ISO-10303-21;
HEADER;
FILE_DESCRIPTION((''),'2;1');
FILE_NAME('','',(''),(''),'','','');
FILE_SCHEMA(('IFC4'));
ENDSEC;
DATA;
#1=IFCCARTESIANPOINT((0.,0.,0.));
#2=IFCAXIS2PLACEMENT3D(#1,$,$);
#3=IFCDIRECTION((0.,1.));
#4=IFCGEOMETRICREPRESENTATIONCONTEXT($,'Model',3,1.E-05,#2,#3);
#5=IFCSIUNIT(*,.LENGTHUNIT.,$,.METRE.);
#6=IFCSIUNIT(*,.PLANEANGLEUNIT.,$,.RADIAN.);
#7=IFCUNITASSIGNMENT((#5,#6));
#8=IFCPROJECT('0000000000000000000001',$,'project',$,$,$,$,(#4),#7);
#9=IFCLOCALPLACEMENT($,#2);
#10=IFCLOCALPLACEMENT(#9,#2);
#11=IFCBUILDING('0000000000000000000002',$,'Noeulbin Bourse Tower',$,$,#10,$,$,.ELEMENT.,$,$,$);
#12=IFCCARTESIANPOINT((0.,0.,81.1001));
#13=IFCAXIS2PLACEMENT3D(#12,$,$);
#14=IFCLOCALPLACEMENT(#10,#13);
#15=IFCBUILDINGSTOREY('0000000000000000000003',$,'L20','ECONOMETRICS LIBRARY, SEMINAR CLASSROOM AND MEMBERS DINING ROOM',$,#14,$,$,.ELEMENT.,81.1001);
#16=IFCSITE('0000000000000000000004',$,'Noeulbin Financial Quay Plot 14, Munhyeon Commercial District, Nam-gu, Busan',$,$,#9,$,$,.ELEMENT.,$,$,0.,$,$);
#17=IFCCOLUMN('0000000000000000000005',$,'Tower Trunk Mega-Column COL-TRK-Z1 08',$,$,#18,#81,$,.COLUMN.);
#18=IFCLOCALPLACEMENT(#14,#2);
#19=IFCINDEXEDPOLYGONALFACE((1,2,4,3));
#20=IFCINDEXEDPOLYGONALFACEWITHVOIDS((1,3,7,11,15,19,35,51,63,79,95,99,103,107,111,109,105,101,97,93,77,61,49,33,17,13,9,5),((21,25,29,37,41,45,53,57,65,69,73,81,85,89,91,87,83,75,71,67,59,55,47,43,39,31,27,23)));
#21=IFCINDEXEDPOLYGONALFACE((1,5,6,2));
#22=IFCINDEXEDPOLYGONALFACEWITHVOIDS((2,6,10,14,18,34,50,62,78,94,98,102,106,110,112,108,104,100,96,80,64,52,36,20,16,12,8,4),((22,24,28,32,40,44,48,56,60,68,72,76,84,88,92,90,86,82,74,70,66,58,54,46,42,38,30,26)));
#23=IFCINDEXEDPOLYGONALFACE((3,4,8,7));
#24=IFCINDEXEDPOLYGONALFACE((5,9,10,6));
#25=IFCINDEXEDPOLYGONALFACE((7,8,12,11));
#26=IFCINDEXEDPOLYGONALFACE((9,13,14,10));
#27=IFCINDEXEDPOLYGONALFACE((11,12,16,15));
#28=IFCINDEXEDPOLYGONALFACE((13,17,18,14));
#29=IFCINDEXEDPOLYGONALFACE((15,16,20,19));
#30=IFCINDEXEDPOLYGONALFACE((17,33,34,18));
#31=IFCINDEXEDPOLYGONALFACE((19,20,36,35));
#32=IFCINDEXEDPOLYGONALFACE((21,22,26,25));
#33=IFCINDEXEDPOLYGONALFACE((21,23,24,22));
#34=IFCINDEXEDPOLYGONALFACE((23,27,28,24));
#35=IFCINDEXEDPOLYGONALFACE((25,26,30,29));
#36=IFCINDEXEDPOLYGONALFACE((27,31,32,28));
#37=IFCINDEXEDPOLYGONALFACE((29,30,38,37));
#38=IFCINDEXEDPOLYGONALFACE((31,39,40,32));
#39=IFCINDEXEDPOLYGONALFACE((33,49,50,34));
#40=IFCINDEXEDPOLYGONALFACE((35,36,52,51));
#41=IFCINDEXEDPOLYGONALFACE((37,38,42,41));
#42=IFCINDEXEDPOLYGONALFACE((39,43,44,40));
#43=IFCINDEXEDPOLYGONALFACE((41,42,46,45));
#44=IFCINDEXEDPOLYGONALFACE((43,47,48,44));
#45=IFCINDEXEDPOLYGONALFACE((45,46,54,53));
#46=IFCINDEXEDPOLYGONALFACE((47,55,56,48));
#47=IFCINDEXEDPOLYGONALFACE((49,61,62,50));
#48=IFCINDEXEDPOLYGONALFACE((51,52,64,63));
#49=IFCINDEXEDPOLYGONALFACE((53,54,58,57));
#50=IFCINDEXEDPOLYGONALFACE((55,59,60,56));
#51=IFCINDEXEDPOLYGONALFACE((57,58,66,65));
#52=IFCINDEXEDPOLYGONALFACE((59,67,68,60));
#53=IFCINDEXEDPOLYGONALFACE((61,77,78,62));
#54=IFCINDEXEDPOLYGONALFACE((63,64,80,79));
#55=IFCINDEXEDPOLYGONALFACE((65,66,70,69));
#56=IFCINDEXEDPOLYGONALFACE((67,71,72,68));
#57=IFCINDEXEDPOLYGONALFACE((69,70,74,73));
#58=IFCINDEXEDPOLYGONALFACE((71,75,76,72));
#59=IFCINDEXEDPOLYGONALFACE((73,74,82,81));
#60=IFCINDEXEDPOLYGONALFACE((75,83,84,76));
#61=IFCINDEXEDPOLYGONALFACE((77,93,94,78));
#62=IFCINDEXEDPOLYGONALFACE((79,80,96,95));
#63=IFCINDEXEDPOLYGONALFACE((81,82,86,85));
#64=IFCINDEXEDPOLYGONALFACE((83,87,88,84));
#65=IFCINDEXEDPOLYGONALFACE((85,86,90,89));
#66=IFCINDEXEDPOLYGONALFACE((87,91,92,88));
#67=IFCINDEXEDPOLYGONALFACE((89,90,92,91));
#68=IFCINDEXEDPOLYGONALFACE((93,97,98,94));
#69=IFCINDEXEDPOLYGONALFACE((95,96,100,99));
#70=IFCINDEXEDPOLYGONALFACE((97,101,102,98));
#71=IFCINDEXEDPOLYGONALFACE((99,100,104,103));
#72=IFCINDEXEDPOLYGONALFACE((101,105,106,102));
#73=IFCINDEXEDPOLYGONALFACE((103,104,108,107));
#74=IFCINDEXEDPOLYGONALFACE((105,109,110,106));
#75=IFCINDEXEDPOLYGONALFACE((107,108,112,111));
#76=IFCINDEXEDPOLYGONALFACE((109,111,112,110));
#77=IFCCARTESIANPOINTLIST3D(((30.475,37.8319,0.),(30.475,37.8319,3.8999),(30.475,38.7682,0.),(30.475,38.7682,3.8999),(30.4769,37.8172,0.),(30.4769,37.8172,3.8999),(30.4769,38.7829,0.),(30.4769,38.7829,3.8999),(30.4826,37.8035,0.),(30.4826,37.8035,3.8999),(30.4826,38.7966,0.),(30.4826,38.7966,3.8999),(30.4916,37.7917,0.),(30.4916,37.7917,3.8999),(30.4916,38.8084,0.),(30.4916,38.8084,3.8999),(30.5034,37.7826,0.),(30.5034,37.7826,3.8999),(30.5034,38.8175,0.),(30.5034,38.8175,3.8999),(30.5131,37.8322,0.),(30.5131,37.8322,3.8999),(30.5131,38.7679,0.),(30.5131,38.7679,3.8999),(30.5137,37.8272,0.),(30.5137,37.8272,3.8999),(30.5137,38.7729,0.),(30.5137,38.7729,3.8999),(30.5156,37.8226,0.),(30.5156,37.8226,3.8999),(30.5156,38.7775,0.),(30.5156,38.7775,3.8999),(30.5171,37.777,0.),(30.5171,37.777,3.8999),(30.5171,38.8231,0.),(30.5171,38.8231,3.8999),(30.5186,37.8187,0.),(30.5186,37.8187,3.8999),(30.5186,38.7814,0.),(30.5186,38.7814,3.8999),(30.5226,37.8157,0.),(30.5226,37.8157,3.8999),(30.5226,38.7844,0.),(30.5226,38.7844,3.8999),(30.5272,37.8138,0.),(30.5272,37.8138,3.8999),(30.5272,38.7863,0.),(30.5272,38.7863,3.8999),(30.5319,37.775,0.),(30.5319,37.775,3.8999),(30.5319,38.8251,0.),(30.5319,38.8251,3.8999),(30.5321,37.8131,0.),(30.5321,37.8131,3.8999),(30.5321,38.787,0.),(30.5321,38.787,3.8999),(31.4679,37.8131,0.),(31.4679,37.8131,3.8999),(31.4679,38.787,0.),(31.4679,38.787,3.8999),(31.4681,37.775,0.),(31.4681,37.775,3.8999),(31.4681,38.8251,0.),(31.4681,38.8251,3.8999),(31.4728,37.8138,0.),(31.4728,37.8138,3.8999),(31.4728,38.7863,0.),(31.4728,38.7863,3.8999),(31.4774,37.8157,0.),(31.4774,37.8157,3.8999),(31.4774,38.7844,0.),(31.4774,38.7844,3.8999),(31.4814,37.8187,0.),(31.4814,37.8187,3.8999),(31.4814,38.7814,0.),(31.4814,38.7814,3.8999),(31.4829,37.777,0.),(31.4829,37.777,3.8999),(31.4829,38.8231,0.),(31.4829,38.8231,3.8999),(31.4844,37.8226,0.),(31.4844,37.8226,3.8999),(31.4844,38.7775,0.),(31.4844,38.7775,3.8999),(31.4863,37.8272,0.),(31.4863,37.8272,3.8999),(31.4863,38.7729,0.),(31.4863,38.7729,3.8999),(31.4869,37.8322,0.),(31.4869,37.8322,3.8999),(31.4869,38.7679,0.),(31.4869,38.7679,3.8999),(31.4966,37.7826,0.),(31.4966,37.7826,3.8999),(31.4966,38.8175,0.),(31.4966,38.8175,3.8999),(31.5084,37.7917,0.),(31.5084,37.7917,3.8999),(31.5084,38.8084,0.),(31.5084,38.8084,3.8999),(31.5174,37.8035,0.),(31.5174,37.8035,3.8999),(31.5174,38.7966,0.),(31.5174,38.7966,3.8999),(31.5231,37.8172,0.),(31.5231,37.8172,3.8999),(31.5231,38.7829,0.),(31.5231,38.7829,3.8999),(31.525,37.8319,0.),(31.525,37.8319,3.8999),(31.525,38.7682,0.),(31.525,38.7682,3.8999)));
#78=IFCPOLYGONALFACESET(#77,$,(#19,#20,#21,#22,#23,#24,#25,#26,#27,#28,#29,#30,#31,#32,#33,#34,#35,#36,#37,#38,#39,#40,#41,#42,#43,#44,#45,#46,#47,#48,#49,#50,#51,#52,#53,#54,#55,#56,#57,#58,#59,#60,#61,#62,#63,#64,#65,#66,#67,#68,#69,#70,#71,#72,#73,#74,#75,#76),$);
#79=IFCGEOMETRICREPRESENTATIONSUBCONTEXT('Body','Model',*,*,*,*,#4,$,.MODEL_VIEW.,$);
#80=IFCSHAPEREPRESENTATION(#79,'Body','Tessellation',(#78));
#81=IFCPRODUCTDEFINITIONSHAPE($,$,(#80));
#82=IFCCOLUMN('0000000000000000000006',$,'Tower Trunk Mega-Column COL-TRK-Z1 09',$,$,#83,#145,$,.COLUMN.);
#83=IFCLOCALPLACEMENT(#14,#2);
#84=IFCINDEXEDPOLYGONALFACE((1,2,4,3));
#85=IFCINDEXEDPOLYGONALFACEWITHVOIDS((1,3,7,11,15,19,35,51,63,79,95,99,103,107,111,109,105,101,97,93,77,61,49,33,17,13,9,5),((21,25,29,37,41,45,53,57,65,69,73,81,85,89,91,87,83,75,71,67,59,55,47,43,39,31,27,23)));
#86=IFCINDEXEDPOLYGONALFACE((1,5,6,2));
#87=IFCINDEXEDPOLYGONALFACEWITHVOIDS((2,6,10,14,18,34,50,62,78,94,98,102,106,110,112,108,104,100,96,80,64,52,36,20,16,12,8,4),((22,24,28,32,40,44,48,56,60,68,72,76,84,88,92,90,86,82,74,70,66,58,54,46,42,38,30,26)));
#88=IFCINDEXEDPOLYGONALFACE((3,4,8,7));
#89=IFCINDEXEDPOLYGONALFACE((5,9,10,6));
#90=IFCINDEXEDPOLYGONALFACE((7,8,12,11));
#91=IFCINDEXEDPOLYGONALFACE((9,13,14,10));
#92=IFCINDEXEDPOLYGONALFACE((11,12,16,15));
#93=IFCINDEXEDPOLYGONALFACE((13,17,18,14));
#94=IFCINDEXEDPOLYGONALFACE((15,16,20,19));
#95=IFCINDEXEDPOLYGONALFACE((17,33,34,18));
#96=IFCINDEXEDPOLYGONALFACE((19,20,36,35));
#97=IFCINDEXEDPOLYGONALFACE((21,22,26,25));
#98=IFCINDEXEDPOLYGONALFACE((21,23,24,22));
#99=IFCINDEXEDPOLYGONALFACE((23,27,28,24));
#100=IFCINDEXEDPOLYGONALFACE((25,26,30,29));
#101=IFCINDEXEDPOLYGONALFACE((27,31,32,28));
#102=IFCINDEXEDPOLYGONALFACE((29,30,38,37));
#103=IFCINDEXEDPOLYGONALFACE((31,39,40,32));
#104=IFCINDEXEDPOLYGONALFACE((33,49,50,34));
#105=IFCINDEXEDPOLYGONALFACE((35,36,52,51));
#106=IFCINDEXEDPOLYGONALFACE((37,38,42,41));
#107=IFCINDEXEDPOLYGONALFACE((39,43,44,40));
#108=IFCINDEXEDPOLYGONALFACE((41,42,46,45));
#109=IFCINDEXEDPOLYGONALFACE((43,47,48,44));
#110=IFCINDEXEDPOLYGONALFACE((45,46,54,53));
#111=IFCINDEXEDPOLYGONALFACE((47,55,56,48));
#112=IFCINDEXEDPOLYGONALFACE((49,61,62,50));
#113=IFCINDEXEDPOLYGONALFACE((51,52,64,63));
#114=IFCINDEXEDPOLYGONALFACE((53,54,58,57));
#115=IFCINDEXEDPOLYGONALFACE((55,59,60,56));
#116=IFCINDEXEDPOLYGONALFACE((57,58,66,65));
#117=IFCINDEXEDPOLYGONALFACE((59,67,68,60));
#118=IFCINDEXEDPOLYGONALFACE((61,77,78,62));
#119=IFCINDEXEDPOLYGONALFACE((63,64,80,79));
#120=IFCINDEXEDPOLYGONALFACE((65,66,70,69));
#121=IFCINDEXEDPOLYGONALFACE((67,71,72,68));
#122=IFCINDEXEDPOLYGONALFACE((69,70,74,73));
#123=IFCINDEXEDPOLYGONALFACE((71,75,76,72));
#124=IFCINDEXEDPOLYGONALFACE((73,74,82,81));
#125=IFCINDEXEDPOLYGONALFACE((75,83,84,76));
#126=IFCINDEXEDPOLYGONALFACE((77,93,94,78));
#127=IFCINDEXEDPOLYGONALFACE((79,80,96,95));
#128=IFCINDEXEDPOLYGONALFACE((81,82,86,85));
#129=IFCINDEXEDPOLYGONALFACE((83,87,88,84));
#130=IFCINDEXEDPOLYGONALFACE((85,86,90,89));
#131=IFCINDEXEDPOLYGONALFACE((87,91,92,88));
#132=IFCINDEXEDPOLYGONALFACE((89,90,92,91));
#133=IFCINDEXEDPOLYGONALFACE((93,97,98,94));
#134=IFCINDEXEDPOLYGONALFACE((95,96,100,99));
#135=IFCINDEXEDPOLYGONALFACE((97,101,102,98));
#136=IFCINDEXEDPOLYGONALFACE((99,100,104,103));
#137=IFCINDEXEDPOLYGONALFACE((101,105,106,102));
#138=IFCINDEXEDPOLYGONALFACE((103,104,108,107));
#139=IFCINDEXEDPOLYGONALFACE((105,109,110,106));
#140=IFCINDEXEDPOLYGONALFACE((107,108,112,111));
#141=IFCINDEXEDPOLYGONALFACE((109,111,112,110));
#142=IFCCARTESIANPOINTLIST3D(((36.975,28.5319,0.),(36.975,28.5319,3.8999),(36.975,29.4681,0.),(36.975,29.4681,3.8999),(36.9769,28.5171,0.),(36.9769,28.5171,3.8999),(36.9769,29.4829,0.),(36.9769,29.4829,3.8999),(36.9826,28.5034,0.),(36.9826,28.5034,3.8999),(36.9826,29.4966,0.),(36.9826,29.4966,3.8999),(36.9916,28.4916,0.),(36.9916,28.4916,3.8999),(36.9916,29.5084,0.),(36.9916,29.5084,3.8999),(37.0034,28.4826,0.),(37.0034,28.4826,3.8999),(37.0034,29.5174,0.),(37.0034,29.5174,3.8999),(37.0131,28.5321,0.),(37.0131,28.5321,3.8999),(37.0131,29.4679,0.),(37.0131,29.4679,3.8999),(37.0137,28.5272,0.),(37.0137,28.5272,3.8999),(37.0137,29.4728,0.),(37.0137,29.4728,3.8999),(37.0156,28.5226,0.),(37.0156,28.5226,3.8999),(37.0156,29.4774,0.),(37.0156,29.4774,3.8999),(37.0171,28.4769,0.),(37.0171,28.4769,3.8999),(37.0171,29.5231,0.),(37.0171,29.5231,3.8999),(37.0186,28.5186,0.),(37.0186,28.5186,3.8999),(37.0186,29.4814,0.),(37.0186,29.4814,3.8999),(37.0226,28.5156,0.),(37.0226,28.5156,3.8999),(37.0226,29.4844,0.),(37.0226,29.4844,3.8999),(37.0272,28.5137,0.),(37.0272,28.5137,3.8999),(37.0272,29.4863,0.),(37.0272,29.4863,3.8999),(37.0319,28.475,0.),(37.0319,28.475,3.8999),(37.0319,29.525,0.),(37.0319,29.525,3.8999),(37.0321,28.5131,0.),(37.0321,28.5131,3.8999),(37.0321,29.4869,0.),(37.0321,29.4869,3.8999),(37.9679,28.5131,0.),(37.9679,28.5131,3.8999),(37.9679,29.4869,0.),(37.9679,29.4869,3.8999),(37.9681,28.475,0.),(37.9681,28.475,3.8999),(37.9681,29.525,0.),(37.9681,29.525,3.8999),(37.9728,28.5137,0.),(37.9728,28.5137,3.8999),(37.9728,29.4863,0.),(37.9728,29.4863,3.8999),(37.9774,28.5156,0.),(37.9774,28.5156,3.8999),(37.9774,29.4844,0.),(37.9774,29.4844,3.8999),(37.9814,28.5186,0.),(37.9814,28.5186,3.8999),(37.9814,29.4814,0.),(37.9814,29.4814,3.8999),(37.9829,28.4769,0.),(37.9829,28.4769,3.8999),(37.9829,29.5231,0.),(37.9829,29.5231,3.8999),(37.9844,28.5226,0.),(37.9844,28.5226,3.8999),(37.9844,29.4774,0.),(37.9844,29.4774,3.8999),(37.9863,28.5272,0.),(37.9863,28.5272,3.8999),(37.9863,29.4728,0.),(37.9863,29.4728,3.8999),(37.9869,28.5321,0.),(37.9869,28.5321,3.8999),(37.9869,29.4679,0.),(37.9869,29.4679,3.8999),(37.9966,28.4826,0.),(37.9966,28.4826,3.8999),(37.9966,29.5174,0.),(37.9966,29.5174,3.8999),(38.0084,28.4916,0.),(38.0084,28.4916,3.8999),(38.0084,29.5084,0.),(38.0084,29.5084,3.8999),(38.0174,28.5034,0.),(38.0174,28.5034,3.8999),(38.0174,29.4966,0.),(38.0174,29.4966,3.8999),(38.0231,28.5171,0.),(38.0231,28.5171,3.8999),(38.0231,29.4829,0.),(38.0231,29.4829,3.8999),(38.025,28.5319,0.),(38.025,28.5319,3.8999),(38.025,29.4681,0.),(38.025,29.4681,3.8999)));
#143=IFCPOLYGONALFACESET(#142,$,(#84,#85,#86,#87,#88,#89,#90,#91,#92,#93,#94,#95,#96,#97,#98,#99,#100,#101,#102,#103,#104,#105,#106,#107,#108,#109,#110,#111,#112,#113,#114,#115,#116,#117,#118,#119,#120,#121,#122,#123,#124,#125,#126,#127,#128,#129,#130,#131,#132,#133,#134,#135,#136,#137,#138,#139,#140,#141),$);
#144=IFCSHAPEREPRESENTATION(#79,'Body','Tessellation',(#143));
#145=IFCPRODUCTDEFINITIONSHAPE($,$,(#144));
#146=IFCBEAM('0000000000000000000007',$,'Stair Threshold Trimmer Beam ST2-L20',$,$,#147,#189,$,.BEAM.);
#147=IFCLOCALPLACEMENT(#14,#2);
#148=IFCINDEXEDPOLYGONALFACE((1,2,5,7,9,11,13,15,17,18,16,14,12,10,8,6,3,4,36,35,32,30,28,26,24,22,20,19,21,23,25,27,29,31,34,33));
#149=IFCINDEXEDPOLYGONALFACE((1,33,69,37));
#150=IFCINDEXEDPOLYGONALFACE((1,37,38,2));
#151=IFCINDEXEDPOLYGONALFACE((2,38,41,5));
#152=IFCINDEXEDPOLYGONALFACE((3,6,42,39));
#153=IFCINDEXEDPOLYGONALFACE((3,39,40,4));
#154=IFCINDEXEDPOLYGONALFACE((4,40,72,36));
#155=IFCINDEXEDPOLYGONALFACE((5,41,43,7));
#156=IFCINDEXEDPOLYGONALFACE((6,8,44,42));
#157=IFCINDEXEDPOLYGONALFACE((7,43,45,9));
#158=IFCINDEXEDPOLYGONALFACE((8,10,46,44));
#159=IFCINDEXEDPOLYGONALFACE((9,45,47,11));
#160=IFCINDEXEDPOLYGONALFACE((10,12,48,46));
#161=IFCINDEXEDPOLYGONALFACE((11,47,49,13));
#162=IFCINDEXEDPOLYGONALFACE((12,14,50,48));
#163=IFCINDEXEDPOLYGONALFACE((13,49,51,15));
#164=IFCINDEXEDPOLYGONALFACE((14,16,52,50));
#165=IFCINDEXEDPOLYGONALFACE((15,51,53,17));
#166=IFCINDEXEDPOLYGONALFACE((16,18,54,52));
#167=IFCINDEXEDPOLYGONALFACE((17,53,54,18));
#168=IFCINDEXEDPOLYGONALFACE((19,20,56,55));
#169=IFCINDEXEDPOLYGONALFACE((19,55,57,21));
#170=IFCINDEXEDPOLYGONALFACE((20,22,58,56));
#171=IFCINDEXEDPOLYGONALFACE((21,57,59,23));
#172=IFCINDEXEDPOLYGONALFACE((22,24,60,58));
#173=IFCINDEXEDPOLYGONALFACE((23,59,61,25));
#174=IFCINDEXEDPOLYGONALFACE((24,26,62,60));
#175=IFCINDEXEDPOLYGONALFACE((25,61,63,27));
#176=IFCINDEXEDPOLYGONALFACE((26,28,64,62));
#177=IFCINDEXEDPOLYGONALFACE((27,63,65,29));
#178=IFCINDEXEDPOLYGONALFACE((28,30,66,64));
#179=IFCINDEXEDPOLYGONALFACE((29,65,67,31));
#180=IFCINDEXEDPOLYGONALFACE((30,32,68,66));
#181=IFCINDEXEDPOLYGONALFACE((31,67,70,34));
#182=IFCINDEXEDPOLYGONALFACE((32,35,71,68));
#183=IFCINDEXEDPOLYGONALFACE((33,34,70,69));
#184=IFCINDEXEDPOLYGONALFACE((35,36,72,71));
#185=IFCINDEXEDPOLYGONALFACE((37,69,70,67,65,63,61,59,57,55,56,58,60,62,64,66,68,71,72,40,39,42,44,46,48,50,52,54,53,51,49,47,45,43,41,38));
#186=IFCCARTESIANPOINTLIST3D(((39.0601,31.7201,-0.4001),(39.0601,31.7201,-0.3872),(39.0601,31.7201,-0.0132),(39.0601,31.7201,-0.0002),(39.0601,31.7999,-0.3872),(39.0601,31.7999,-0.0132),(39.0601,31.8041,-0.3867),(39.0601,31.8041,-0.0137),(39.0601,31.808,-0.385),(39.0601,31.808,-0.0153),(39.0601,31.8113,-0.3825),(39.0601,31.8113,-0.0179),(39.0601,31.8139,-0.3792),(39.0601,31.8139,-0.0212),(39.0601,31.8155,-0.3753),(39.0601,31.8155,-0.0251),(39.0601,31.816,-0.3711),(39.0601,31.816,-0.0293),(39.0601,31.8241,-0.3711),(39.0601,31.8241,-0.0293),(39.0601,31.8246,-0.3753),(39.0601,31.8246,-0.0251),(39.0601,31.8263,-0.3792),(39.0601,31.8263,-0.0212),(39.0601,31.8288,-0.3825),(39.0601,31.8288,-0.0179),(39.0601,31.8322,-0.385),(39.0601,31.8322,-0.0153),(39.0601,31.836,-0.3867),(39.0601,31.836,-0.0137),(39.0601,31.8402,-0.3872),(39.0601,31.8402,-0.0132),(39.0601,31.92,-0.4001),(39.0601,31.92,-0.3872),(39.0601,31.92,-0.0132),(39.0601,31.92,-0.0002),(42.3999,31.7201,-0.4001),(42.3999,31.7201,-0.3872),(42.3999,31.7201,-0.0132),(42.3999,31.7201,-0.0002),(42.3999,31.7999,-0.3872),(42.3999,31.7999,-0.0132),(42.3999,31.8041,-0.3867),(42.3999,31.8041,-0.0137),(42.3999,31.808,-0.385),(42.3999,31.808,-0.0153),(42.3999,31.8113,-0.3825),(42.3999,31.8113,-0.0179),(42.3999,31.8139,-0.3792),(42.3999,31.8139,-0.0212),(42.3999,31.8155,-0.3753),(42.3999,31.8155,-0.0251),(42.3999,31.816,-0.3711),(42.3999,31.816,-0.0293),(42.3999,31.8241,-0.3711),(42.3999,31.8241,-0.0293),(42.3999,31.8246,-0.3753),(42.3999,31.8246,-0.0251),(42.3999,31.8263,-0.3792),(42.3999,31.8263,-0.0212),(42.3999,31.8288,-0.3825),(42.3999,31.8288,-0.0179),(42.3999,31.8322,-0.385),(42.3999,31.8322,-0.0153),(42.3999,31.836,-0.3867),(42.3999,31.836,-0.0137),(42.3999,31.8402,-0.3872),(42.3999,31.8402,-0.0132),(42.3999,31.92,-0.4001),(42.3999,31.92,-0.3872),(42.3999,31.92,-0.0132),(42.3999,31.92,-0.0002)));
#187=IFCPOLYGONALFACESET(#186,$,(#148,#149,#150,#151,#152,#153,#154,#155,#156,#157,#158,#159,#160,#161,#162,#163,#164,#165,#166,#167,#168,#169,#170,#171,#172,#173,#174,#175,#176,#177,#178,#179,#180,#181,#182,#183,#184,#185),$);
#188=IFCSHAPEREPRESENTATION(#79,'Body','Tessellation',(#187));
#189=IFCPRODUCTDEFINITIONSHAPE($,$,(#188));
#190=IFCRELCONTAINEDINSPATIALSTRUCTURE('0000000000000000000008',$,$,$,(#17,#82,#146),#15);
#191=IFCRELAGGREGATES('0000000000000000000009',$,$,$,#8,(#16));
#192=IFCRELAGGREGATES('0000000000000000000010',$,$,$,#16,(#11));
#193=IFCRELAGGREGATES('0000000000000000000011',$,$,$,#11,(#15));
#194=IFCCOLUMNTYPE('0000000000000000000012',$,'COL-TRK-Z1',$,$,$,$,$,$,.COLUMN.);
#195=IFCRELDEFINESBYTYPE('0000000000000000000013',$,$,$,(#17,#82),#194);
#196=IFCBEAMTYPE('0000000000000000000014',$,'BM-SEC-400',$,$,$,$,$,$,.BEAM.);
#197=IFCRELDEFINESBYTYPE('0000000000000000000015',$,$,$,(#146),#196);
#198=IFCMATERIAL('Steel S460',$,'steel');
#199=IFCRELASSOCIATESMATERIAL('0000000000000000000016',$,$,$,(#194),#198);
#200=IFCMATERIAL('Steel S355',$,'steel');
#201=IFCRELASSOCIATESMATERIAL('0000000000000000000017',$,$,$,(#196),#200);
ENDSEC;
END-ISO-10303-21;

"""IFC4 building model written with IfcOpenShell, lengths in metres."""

from ifc_helpers import new_model, si_unit, direction, frame, origin, origin_2d, place, context, subcontext, project, spatial, hollow_rectangle, i_section, extrude, material, material_profile, profile_set, type_object, element, save


model = new_model("IFC4")

# Units and contexts
model_context = context("Model", 3, precision=1e-05, world=origin(), true_north=direction((0.0, 1.0)))
body_context = subcontext(model_context, "Body", "Model", "MODEL_VIEW")
ifc_project = project(units=[si_unit("LENGTHUNIT", "METRE"), si_unit("PLANEANGLEUNIT", "RADIAN")], contexts=[model_context])

# Site, building, storey
site_placement = place(None, origin())
site = spatial("IfcSite", under=ifc_project, at=site_placement, Name="Noeulbin Financial Quay Plot 14, Munhyeon Commercial District, Nam-gu, Busan", CompositionType="ELEMENT", RefElevation=0.0)
building_placement = place(site_placement, origin())
building = spatial("IfcBuilding", under=site, at=building_placement, Name="Noeulbin Bourse Tower", CompositionType="ELEMENT")
storey_placement = place(building_placement, frame((0.0, 0.0, 81.1001)))
storey = spatial("IfcBuildingStorey", under=building, at=storey_placement, Name="L20", Description="ECONOMETRICS LIBRARY, SEMINAR CLASSROOM AND MEMBERS DINING ROOM", CompositionType="ELEMENT", Elevation=81.1001)

# Columns
ifc_material_1 = material(Name="Steel S460", Category="steel")
ifc_material_profile_1 = material_profile(ifc_material_1, hollow_rectangle(XDim=1.05, YDim=1.05, WallThickness=0.0381, InnerFilletRadius=0.019, OuterFilletRadius=0.0569, at=origin_2d()), Name="BOX-1050x1050x38", Category="LoadBearing")
ifc_profile_set_1 = profile_set([ifc_material_profile_1], Name="Steel S460")
column_type = type_object("IfcColumnType", Name="COL-TRK-Z1", PredefinedType="COLUMN", material=ifc_profile_set_1)
for number, where, z_axis, x_axis, name in (
    (1, (31.0, 38.3, 0.0), (0.0, 0.0, 1.0), (1.0, 0.0, 0.0), "Tower Trunk Mega-Column COL-TRK-Z1 08"),
    (2, (37.5, 29.0, 0.0), (0.0, 0.0, 1.0), (1.0, 0.0, 0.0), "Tower Trunk Mega-Column COL-TRK-Z1 09"),
):
    element("IfcColumn", number, at=place(storey_placement, frame(where, z_axis=z_axis, x_axis=x_axis)), inside=storey, type_object=column_type, Name=name, PredefinedType="COLUMN", context=body_context, shape_type="SweptSolid", body=[
        extrude(hollow_rectangle(XDim=1.05, YDim=1.05, WallThickness=0.0381, InnerFilletRadius=0.019, OuterFilletRadius=0.0569, at=origin_2d()), origin(), (0.0, 0.0, 1.0), 3.8999),
    ])

# Beam
ifc_material_2 = material(Name="Steel S355", Category="steel")
ifc_material_profile_2 = material_profile(ifc_material_2, i_section(OverallWidth=0.2, OverallDepth=0.3999, WebThickness=0.0081, FlangeThickness=0.0129, FilletRadius=0.0161, at=origin_2d()), Name="H-400x200x8x13", Category="LoadBearing")
ifc_profile_set_2 = profile_set([ifc_material_profile_2], Name="Steel S355")
beam_type_1 = type_object("IfcBeamType", Name="BM-SEC-400", PredefinedType="BEAM", material=ifc_profile_set_2)
beam_1_placement = place(storey_placement, frame((39.0601, 31.8201, -0.2002), z_axis=(1.0, 0.0, 0.0), x_axis=(0.0, 1.0, 0.0)))
element("IfcBeam", 3, at=beam_1_placement, inside=storey, type_object=beam_type_1, Name="Stair Threshold Trimmer Beam ST2-L20", PredefinedType="BEAM", context=body_context, shape_type="SweptSolid", body=[
    extrude(i_section(OverallWidth=0.2, OverallDepth=0.3999, WebThickness=0.0081, FlangeThickness=0.0129, FilletRadius=0.0161, at=origin_2d()), origin(), (0.0, 0.0, 1.0), 3.3398),
])

save(model, "model.ifc")
